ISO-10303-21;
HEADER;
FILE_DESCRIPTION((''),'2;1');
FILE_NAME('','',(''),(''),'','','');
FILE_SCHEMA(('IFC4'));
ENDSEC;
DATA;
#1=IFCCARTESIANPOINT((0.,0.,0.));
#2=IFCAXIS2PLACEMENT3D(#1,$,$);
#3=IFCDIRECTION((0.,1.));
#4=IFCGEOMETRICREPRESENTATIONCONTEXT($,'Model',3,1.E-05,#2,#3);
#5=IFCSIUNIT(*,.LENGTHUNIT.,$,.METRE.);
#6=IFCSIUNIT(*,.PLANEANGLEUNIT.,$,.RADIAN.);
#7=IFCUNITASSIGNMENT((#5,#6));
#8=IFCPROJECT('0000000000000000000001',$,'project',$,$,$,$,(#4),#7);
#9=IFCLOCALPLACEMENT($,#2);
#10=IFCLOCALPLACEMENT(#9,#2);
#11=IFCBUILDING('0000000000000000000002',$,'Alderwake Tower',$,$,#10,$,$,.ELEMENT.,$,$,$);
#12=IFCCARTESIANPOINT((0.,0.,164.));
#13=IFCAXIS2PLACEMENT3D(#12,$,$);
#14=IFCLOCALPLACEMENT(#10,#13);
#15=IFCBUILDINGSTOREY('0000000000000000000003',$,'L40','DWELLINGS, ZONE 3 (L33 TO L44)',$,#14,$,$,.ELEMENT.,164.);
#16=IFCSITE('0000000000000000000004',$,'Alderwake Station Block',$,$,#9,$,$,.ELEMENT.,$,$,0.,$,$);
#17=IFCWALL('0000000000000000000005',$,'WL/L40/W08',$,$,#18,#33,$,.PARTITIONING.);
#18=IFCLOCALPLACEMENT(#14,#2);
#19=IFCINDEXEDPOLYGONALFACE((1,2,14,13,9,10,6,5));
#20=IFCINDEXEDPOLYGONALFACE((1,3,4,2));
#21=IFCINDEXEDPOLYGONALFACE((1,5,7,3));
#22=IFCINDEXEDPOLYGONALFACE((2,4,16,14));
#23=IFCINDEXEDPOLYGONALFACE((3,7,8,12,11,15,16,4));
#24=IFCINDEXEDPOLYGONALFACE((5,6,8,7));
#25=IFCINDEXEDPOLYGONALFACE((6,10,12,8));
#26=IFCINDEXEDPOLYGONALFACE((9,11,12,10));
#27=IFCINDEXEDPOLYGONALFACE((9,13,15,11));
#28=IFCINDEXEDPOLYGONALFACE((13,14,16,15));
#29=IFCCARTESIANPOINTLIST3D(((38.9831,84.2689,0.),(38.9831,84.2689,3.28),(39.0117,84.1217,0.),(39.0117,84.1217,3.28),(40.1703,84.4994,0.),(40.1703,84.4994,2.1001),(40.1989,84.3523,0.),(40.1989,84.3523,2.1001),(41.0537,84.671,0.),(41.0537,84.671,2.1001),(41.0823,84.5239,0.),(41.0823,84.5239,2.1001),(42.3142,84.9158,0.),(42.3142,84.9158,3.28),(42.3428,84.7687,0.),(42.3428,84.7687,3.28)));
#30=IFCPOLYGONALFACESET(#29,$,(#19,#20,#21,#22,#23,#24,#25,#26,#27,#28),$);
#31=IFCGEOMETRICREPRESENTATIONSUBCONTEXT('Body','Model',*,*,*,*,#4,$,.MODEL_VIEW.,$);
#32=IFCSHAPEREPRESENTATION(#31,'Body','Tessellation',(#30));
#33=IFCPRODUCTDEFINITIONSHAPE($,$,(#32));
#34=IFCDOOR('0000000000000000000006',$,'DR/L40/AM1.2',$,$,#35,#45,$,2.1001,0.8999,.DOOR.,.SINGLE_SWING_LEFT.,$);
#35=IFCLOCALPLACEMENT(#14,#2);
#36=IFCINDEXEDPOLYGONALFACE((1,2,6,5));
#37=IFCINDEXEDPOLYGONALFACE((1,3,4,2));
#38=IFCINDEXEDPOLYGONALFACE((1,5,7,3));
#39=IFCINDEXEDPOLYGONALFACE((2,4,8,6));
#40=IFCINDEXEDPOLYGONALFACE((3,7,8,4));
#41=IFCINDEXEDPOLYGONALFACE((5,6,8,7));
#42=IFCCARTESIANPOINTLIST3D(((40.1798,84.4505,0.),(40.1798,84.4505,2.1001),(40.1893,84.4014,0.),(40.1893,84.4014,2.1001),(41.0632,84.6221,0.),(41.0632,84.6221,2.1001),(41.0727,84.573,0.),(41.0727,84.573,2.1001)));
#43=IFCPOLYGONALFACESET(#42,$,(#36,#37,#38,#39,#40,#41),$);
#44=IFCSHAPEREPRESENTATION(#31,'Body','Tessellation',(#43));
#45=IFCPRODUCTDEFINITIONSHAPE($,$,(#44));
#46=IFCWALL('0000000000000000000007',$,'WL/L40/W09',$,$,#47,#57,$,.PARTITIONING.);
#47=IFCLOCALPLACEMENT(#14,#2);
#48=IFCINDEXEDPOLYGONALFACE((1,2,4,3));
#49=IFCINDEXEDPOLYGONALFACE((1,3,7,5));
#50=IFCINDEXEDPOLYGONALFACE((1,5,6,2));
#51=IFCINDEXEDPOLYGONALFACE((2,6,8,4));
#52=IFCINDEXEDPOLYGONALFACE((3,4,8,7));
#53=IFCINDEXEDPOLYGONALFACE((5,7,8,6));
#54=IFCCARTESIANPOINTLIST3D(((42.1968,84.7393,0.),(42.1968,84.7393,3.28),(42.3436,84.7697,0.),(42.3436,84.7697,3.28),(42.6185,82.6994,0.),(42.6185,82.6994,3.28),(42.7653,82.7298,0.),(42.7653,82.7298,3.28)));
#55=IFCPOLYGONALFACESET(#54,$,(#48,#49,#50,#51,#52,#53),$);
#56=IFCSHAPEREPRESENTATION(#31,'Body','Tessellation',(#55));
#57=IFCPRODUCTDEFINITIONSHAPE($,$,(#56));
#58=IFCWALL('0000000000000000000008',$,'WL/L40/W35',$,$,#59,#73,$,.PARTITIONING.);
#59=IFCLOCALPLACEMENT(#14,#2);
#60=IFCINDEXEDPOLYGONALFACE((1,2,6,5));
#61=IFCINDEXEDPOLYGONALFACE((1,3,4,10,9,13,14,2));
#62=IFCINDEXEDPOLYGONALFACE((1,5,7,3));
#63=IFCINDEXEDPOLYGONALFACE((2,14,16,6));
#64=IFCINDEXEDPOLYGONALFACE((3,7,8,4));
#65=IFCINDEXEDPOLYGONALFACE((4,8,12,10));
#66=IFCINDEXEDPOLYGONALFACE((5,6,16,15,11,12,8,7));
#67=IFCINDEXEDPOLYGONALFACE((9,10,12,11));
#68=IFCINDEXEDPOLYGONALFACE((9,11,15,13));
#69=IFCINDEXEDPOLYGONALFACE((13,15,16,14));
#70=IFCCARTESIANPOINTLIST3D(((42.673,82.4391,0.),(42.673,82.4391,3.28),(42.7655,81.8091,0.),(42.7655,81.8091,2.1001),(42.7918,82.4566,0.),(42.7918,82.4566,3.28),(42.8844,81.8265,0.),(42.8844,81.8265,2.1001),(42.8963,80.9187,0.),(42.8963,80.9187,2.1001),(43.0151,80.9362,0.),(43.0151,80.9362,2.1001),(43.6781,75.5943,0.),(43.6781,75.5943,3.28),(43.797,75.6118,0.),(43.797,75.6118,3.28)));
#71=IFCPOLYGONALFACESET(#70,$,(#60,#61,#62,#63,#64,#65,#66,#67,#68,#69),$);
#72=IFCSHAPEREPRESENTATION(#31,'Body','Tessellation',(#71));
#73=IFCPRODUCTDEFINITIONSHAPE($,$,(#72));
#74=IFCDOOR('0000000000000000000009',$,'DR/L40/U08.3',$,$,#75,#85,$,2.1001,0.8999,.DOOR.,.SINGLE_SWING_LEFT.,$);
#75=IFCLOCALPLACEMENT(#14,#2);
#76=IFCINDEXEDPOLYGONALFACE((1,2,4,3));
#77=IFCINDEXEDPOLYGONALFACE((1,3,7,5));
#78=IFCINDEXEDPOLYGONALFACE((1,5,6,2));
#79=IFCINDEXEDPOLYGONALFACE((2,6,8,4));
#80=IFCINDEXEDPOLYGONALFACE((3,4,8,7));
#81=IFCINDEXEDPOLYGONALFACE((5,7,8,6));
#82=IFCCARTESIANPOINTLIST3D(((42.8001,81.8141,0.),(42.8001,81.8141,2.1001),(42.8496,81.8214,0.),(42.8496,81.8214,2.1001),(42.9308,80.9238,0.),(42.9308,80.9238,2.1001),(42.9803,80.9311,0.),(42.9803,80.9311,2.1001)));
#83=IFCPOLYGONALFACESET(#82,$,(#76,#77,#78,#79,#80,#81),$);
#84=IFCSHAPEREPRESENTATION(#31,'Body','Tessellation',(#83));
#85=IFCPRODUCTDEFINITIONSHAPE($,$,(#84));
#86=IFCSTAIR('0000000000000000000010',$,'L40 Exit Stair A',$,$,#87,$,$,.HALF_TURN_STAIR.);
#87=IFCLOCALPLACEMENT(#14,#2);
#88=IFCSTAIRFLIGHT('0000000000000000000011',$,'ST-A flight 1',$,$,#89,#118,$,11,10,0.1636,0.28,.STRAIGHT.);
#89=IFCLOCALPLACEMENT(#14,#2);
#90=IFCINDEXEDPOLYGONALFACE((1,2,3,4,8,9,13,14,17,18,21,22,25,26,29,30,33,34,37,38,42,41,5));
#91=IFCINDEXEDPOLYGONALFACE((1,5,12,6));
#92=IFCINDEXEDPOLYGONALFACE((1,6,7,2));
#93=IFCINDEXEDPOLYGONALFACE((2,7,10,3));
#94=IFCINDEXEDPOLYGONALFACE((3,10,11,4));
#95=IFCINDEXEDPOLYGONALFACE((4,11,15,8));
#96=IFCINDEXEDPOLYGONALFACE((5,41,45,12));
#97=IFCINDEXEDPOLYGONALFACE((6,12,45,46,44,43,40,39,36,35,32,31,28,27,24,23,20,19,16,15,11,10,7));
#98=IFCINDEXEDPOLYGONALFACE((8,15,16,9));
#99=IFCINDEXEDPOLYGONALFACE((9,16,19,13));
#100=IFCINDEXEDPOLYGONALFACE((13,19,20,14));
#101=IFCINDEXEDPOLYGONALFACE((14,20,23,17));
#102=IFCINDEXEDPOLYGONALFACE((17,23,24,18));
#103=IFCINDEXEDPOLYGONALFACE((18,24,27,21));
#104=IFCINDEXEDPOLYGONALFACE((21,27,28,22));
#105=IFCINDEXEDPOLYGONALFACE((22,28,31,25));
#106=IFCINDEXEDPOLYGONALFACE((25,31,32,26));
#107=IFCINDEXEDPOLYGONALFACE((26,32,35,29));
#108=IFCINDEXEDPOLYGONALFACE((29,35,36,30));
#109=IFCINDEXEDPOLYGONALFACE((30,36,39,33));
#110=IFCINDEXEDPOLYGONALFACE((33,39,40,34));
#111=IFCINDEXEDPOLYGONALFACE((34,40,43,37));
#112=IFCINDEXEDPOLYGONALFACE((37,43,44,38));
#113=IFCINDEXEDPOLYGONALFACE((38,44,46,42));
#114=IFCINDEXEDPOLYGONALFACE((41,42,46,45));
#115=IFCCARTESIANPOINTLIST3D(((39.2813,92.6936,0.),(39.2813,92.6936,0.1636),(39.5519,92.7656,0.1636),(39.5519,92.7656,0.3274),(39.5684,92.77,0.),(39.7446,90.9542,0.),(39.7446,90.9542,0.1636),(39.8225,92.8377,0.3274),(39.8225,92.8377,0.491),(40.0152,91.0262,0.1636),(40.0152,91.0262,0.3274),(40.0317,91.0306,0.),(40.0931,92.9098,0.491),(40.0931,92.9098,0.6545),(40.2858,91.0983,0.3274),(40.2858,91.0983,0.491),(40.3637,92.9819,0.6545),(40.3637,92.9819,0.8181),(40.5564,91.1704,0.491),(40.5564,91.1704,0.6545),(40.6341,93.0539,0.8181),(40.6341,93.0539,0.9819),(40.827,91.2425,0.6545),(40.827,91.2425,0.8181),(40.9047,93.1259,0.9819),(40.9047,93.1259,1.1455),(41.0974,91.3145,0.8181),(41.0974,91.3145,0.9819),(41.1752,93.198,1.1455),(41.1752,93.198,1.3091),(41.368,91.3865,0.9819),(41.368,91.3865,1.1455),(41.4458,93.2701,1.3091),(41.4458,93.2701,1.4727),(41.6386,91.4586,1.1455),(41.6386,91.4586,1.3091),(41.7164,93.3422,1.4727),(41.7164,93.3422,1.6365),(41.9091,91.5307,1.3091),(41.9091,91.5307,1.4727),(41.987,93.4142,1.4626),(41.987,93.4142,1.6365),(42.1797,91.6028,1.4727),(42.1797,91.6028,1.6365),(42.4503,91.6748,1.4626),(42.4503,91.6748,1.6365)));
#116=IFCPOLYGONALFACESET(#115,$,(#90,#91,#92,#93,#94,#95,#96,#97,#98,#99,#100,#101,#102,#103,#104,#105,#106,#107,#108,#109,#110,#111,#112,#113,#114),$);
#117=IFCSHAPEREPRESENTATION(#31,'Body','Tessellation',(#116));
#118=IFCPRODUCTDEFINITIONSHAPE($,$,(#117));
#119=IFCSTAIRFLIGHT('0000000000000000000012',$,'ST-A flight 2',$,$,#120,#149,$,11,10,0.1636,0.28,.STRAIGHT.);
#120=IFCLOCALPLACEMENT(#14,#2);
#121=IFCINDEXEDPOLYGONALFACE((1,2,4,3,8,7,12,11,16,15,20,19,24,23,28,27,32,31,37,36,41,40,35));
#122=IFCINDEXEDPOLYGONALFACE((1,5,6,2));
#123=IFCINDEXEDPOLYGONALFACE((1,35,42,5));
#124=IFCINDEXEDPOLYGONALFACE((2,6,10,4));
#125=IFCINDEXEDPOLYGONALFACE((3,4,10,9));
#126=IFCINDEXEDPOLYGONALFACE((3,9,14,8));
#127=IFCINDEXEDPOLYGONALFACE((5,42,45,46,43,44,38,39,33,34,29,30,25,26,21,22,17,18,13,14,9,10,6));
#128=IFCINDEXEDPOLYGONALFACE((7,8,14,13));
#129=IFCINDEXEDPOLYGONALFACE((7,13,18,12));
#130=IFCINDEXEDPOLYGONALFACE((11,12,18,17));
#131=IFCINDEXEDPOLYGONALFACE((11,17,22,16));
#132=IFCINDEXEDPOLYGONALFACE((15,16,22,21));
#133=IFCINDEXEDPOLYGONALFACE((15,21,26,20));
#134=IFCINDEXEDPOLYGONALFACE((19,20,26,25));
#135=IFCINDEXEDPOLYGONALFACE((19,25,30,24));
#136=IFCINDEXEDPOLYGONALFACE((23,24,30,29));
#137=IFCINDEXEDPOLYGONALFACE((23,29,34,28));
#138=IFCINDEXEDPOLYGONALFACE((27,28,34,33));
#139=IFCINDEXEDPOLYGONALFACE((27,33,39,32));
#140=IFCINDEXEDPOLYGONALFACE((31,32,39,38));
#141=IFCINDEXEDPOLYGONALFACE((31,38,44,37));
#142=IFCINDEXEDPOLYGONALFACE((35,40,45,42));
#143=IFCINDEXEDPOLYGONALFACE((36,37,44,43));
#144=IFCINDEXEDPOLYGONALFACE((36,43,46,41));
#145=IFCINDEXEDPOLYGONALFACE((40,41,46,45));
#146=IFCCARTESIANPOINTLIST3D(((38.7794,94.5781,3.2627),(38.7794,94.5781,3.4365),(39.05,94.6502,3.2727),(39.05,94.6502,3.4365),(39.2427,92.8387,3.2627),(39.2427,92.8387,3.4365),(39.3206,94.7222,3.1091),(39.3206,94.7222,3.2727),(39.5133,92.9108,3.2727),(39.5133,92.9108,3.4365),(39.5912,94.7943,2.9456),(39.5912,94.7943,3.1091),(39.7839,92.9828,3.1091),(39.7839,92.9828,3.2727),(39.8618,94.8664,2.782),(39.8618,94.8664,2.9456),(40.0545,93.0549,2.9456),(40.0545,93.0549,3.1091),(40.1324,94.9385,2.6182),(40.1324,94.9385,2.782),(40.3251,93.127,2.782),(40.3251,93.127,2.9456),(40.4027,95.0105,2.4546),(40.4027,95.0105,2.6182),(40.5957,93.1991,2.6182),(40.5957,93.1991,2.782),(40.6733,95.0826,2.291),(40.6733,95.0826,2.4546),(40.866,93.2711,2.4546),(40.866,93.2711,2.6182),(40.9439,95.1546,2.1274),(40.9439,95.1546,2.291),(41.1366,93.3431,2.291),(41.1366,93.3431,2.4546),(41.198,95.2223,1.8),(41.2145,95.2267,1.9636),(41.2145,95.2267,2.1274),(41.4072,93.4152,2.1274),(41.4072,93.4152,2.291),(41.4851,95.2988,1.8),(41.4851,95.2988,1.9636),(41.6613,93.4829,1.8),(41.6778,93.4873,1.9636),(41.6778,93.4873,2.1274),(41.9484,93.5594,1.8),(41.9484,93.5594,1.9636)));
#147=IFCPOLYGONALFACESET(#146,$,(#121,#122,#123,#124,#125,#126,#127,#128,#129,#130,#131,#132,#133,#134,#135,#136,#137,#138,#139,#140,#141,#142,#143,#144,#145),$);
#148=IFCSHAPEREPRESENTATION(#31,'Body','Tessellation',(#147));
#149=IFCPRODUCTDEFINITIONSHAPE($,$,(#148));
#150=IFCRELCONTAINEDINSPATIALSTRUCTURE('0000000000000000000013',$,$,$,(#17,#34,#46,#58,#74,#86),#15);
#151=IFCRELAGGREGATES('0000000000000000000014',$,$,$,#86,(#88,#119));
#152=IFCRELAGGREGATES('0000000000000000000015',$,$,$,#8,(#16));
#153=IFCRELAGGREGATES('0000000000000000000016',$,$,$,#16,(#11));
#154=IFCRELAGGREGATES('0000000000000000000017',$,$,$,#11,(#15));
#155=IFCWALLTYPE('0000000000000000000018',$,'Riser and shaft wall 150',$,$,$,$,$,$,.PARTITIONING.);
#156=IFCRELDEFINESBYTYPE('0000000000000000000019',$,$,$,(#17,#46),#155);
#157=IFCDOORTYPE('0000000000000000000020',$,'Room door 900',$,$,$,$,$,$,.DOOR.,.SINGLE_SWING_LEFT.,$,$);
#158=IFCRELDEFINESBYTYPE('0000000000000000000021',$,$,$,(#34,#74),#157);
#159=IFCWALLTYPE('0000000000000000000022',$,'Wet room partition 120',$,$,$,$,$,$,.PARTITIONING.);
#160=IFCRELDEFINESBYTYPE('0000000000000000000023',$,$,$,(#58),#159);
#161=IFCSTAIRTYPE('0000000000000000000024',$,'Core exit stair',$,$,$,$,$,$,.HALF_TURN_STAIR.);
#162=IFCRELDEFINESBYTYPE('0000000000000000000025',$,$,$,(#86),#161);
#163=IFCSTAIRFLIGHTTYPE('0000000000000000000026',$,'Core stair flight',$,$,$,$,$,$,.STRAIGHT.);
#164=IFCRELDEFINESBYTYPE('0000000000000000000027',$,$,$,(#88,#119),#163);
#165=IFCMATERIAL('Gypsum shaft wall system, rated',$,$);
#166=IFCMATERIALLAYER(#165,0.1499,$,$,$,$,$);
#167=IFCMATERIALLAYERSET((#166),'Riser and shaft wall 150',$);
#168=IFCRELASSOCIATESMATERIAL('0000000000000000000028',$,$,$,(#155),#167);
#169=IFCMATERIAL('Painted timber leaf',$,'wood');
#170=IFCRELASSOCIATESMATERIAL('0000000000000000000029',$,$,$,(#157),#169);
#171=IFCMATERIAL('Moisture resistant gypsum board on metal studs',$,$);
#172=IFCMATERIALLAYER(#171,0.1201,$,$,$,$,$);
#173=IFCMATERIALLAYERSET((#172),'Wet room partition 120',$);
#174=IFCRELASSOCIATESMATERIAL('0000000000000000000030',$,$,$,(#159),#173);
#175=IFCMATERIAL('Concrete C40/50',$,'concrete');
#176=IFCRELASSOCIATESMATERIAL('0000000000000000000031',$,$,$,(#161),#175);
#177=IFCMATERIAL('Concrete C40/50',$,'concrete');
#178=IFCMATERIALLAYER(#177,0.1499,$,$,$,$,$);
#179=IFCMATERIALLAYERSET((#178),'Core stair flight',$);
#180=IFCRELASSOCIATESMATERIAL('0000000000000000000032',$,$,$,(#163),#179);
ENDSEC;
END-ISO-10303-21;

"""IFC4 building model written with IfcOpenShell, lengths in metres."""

from ifc_helpers import new_model, si_unit, direction, frame, frame_2d, origin, place, context, subcontext, project, spatial, polyline, rectangle, outline, extrude, material, layer, layer_set, type_object, element, fill, aggregate, save


model = new_model("IFC4")

# Units and contexts
model_context = context("Model", 3, precision=1e-05, world=origin(), true_north=direction((0.0, 1.0)))
body_context = subcontext(model_context, "Body", "Model", "MODEL_VIEW")
ifc_project = project(units=[si_unit("LENGTHUNIT", "METRE"), si_unit("PLANEANGLEUNIT", "RADIAN")], contexts=[model_context])

# Site, building, storey
site_placement = place(None, origin())
site = spatial("IfcSite", under=ifc_project, at=site_placement, Name="Alderwake Station Block", CompositionType="ELEMENT", RefElevation=0.0)
building_placement = place(site_placement, origin())
building = spatial("IfcBuilding", under=site, at=building_placement, Name="Alderwake Tower", CompositionType="ELEMENT")
storey_placement = place(building_placement, frame((0.0, 0.0, 164.0)))
storey = spatial("IfcBuildingStorey", under=building, at=storey_placement, Name="L40", Description="DWELLINGS, ZONE 3 (L33 TO L44)", CompositionType="ELEMENT", Elevation=164.0)

# Wall, opening, door
ifc_material_1 = material(Name="Gypsum shaft wall system, rated")
ifc_layer_1 = layer(ifc_material_1, 0.1499)
ifc_layer_set_1 = layer_set([ifc_layer_1], Name="Riser and shaft wall 150")
wall_type_1 = type_object("IfcWallType", Name="Riser and shaft wall 150", PredefinedType="PARTITIONING", material=ifc_layer_set_1)
wall_1_placement = place(storey_placement, frame((42.3286, 84.8423, 0.0), z_axis=(0.0, 0.0, 1.0), x_axis=(-0.981656, -0.190662, 0.0)))
wall_1 = element("IfcWall", 1, at=wall_1_placement, inside=storey, type_object=wall_type_1, Name="WL/L40/W08", PredefinedType="PARTITIONING", context=body_context, shape_type="SweptSolid", body=[
    extrude(rectangle(XDim=3.3933, YDim=0.1499, at=frame_2d((1.6968, 0.0))), origin(), (0.0, 0.0, 1.0), 3.28),
])
opening_1_placement = place(wall_1_placement, frame((1.2842, 0.0, 0.0)))
opening_1 = element("IfcOpeningElement", 2, at=opening_1_placement, cuts=wall_1, PredefinedType="OPENING", context=body_context, shape_type="SweptSolid", body=[
    extrude(rectangle(XDim=0.8999, YDim=2.1001, at=frame_2d((0.45, 1.05))), frame((0.0, 0.085, 0.0), z_axis=(0.0, -1.0, 0.0), x_axis=(1.0, 0.0, 0.0)), (0.0, 0.0, 1.0), 0.1699),
])
ifc_material_2 = material(Name="Painted timber leaf", Category="wood")
door_type_1 = type_object("IfcDoorType", Name="Room door 900", OperationType="SINGLE_SWING_LEFT", PredefinedType="DOOR", material=ifc_material_2)
door_1_placement = place(opening_1_placement, origin())
door_1 = element("IfcDoor", 3, at=door_1_placement, inside=storey, type_object=door_type_1, Name="DR/L40/AM1.2", OperationType="SINGLE_SWING_LEFT", OverallHeight=2.1001, OverallWidth=0.8999, PredefinedType="DOOR", context=body_context, shape_type="SweptSolid", body=[
    extrude(rectangle(XDim=0.8999, YDim=2.1001, at=frame_2d((0.45, 1.05))), frame((0.0, 0.0249, 0.0), z_axis=(0.0, -1.0, 0.0), x_axis=(1.0, 0.0, 0.0)), (0.0, 0.0, 1.0), 0.05),
])
fill(opening_1, door_1)

# Wall
wall_2_placement = place(storey_placement, frame((42.6919, 82.7146, 0.0), z_axis=(0.0, 0.0, 1.0), x_axis=(-0.202423, 0.979298, 0.0)))
element("IfcWall", 4, at=wall_2_placement, inside=storey, type_object=wall_type_1, Name="WL/L40/W09", PredefinedType="PARTITIONING", context=body_context, shape_type="SweptSolid", body=[
    extrude(rectangle(XDim=2.083, YDim=0.1499, at=frame_2d((1.0415, 0.0))), origin(), (0.0, 0.0, 1.0), 3.28),
])

# Wall, opening, door
ifc_material_3 = material(Name="Moisture resistant gypsum board on metal studs")
ifc_layer_2 = layer(ifc_material_3, 0.1201)
ifc_layer_set_2 = layer_set([ifc_layer_2], Name="Wet room partition 120")
wall_type_2 = type_object("IfcWallType", Name="Wet room partition 120", PredefinedType="PARTITIONING", material=ifc_layer_set_2)
wall_3_placement = place(storey_placement, frame((42.7324, 82.4478, 0.0), z_axis=(0.0, 0.0, 1.0), x_axis=(0.145289, -0.989389, 0.0)))
wall_3 = element("IfcWall", 5, at=wall_3_placement, inside=storey, type_object=wall_type_2, Name="WL/L40/W35", PredefinedType="PARTITIONING", context=body_context, shape_type="SweptSolid", body=[
    extrude(rectangle(XDim=6.9182, YDim=0.1201, at=frame_2d((3.459, 0.0))), origin(), (0.0, 0.0, 1.0), 3.28),
])
opening_2_placement = place(wall_3_placement, frame((0.6367, 0.0, 0.0)))
opening_2 = element("IfcOpeningElement", 6, at=opening_2_placement, cuts=wall_3, PredefinedType="OPENING", context=body_context, shape_type="SweptSolid", body=[
    extrude(rectangle(XDim=0.8999, YDim=2.1001, at=frame_2d((0.45, 1.05))), frame((0.0, 0.0701, 0.0), z_axis=(0.0, -1.0, 0.0), x_axis=(1.0, 0.0, 0.0)), (0.0, 0.0, 1.0), 0.1401),
])
door_2_placement = place(opening_2_placement, origin())
door_2 = element("IfcDoor", 7, at=door_2_placement, inside=storey, type_object=door_type_1, Name="DR/L40/U08.3", OperationType="SINGLE_SWING_LEFT", OverallHeight=2.1001, OverallWidth=0.8999, PredefinedType="DOOR", context=body_context, shape_type="SweptSolid", body=[
    extrude(rectangle(XDim=0.8999, YDim=2.1001, at=frame_2d((0.45, 1.05))), frame((0.0, 0.0249, 0.0), z_axis=(0.0, -1.0, 0.0), x_axis=(1.0, 0.0, 0.0)), (0.0, 0.0, 1.0), 0.05),
])
fill(opening_2, door_2)

# Stair, stair flights
ifc_material_4 = material(Name="Concrete C40/50", Category="concrete")
stair_type = type_object("IfcStairType", Name="Core exit stair", PredefinedType="HALF_TURN_STAIR", material=ifc_material_4)
stair_placement = place(storey_placement, origin())
stair = element("IfcStair", 8, at=stair_placement, inside=storey, type_object=stair_type, Name="L40 Exit Stair A", PredefinedType="HALF_TURN_STAIR")
ifc_material_5 = material(Name="Concrete C40/50", Category="concrete")
ifc_layer_3 = layer(ifc_material_5, 0.1499)
ifc_layer_set_3 = layer_set([ifc_layer_3], Name="Core stair flight")
stair_flight_type = type_object("IfcStairFlightType", Name="Core stair flight", PredefinedType="STRAIGHT", material=ifc_layer_set_3)
stair_flight_1_placement = place(storey_placement, frame((39.5129, 91.824, 0.0), z_axis=(0.0, 0.0, 1.0), x_axis=(0.96631, 0.257382, 0.0)))
stair_flight_1 = element("IfcStairFlight", 9, at=stair_flight_1_placement, type_object=stair_flight_type, Name="ST-A flight 1", NumberOfRisers=11, NumberOfTreads=10, PredefinedType="STRAIGHT", RiserHeight=0.1636, TreadLength=0.28, context=body_context, shape_type="SweptSolid", body=[
    extrude(outline(polyline([(0.0, 0.0), (0.0, 0.1636), (0.28, 0.1636), (0.28, 0.3274), (0.5601, 0.3274), (0.5601, 0.491), (0.8401, 0.491), (0.8401, 0.6545), (1.1201, 0.6545), (1.1201, 0.8181), (1.3999, 0.8181), (1.3999, 0.9819), (1.6799, 0.9819), (1.6799, 1.1455), (1.96, 1.1455), (1.96, 1.3091), (2.24, 1.3091), (2.24, 1.4727), (2.52, 1.4727), (2.52, 1.6365), (2.8, 1.6365), (2.8, 1.8), (2.8, 1.4626), (0.2971, 0.0), (0.0, 0.0)])), frame((0.0, 0.8999, 0.0), z_axis=(0.0, -1.0, 0.0), x_axis=(1.0, 0.0, 0.0)), (0.0, 0.0, 1.0), 1.8),
])
stair_flight_2_placement = place(storey_placement, frame((41.7168, 94.429, 1.8), z_axis=(0.0, 0.0, 1.0), x_axis=(-0.96631, -0.257382, 0.0)))
stair_flight_2 = element("IfcStairFlight", 10, at=stair_flight_2_placement, type_object=stair_flight_type, Name="ST-A flight 2", NumberOfRisers=11, NumberOfTreads=10, PredefinedType="STRAIGHT", RiserHeight=0.1636, TreadLength=0.28, context=body_context, shape_type="SweptSolid", body=[
    extrude(outline(polyline([(0.0, 0.0), (0.0, 0.1636), (0.28, 0.1636), (0.28, 0.3274), (0.5601, 0.3274), (0.5601, 0.491), (0.8401, 0.491), (0.8401, 0.6545), (1.1201, 0.6545), (1.1201, 0.8181), (1.3999, 0.8181), (1.3999, 0.9819), (1.6799, 0.9819), (1.6799, 1.1455), (1.96, 1.1455), (1.96, 1.3091), (2.24, 1.3091), (2.24, 1.4727), (2.52, 1.4727), (2.52, 1.6365), (2.8, 1.6365), (2.8, 1.8), (2.8, 1.4626), (0.2971, 0.0), (0.0, 0.0)])), frame((0.0, 0.8999, 0.0), z_axis=(0.0, -1.0, 0.0), x_axis=(1.0, 0.0, 0.0)), (0.0, 0.0, 1.0), 1.8),
])
aggregate(stair, [stair_flight_1, stair_flight_2])

save(model, "model.ifc")
